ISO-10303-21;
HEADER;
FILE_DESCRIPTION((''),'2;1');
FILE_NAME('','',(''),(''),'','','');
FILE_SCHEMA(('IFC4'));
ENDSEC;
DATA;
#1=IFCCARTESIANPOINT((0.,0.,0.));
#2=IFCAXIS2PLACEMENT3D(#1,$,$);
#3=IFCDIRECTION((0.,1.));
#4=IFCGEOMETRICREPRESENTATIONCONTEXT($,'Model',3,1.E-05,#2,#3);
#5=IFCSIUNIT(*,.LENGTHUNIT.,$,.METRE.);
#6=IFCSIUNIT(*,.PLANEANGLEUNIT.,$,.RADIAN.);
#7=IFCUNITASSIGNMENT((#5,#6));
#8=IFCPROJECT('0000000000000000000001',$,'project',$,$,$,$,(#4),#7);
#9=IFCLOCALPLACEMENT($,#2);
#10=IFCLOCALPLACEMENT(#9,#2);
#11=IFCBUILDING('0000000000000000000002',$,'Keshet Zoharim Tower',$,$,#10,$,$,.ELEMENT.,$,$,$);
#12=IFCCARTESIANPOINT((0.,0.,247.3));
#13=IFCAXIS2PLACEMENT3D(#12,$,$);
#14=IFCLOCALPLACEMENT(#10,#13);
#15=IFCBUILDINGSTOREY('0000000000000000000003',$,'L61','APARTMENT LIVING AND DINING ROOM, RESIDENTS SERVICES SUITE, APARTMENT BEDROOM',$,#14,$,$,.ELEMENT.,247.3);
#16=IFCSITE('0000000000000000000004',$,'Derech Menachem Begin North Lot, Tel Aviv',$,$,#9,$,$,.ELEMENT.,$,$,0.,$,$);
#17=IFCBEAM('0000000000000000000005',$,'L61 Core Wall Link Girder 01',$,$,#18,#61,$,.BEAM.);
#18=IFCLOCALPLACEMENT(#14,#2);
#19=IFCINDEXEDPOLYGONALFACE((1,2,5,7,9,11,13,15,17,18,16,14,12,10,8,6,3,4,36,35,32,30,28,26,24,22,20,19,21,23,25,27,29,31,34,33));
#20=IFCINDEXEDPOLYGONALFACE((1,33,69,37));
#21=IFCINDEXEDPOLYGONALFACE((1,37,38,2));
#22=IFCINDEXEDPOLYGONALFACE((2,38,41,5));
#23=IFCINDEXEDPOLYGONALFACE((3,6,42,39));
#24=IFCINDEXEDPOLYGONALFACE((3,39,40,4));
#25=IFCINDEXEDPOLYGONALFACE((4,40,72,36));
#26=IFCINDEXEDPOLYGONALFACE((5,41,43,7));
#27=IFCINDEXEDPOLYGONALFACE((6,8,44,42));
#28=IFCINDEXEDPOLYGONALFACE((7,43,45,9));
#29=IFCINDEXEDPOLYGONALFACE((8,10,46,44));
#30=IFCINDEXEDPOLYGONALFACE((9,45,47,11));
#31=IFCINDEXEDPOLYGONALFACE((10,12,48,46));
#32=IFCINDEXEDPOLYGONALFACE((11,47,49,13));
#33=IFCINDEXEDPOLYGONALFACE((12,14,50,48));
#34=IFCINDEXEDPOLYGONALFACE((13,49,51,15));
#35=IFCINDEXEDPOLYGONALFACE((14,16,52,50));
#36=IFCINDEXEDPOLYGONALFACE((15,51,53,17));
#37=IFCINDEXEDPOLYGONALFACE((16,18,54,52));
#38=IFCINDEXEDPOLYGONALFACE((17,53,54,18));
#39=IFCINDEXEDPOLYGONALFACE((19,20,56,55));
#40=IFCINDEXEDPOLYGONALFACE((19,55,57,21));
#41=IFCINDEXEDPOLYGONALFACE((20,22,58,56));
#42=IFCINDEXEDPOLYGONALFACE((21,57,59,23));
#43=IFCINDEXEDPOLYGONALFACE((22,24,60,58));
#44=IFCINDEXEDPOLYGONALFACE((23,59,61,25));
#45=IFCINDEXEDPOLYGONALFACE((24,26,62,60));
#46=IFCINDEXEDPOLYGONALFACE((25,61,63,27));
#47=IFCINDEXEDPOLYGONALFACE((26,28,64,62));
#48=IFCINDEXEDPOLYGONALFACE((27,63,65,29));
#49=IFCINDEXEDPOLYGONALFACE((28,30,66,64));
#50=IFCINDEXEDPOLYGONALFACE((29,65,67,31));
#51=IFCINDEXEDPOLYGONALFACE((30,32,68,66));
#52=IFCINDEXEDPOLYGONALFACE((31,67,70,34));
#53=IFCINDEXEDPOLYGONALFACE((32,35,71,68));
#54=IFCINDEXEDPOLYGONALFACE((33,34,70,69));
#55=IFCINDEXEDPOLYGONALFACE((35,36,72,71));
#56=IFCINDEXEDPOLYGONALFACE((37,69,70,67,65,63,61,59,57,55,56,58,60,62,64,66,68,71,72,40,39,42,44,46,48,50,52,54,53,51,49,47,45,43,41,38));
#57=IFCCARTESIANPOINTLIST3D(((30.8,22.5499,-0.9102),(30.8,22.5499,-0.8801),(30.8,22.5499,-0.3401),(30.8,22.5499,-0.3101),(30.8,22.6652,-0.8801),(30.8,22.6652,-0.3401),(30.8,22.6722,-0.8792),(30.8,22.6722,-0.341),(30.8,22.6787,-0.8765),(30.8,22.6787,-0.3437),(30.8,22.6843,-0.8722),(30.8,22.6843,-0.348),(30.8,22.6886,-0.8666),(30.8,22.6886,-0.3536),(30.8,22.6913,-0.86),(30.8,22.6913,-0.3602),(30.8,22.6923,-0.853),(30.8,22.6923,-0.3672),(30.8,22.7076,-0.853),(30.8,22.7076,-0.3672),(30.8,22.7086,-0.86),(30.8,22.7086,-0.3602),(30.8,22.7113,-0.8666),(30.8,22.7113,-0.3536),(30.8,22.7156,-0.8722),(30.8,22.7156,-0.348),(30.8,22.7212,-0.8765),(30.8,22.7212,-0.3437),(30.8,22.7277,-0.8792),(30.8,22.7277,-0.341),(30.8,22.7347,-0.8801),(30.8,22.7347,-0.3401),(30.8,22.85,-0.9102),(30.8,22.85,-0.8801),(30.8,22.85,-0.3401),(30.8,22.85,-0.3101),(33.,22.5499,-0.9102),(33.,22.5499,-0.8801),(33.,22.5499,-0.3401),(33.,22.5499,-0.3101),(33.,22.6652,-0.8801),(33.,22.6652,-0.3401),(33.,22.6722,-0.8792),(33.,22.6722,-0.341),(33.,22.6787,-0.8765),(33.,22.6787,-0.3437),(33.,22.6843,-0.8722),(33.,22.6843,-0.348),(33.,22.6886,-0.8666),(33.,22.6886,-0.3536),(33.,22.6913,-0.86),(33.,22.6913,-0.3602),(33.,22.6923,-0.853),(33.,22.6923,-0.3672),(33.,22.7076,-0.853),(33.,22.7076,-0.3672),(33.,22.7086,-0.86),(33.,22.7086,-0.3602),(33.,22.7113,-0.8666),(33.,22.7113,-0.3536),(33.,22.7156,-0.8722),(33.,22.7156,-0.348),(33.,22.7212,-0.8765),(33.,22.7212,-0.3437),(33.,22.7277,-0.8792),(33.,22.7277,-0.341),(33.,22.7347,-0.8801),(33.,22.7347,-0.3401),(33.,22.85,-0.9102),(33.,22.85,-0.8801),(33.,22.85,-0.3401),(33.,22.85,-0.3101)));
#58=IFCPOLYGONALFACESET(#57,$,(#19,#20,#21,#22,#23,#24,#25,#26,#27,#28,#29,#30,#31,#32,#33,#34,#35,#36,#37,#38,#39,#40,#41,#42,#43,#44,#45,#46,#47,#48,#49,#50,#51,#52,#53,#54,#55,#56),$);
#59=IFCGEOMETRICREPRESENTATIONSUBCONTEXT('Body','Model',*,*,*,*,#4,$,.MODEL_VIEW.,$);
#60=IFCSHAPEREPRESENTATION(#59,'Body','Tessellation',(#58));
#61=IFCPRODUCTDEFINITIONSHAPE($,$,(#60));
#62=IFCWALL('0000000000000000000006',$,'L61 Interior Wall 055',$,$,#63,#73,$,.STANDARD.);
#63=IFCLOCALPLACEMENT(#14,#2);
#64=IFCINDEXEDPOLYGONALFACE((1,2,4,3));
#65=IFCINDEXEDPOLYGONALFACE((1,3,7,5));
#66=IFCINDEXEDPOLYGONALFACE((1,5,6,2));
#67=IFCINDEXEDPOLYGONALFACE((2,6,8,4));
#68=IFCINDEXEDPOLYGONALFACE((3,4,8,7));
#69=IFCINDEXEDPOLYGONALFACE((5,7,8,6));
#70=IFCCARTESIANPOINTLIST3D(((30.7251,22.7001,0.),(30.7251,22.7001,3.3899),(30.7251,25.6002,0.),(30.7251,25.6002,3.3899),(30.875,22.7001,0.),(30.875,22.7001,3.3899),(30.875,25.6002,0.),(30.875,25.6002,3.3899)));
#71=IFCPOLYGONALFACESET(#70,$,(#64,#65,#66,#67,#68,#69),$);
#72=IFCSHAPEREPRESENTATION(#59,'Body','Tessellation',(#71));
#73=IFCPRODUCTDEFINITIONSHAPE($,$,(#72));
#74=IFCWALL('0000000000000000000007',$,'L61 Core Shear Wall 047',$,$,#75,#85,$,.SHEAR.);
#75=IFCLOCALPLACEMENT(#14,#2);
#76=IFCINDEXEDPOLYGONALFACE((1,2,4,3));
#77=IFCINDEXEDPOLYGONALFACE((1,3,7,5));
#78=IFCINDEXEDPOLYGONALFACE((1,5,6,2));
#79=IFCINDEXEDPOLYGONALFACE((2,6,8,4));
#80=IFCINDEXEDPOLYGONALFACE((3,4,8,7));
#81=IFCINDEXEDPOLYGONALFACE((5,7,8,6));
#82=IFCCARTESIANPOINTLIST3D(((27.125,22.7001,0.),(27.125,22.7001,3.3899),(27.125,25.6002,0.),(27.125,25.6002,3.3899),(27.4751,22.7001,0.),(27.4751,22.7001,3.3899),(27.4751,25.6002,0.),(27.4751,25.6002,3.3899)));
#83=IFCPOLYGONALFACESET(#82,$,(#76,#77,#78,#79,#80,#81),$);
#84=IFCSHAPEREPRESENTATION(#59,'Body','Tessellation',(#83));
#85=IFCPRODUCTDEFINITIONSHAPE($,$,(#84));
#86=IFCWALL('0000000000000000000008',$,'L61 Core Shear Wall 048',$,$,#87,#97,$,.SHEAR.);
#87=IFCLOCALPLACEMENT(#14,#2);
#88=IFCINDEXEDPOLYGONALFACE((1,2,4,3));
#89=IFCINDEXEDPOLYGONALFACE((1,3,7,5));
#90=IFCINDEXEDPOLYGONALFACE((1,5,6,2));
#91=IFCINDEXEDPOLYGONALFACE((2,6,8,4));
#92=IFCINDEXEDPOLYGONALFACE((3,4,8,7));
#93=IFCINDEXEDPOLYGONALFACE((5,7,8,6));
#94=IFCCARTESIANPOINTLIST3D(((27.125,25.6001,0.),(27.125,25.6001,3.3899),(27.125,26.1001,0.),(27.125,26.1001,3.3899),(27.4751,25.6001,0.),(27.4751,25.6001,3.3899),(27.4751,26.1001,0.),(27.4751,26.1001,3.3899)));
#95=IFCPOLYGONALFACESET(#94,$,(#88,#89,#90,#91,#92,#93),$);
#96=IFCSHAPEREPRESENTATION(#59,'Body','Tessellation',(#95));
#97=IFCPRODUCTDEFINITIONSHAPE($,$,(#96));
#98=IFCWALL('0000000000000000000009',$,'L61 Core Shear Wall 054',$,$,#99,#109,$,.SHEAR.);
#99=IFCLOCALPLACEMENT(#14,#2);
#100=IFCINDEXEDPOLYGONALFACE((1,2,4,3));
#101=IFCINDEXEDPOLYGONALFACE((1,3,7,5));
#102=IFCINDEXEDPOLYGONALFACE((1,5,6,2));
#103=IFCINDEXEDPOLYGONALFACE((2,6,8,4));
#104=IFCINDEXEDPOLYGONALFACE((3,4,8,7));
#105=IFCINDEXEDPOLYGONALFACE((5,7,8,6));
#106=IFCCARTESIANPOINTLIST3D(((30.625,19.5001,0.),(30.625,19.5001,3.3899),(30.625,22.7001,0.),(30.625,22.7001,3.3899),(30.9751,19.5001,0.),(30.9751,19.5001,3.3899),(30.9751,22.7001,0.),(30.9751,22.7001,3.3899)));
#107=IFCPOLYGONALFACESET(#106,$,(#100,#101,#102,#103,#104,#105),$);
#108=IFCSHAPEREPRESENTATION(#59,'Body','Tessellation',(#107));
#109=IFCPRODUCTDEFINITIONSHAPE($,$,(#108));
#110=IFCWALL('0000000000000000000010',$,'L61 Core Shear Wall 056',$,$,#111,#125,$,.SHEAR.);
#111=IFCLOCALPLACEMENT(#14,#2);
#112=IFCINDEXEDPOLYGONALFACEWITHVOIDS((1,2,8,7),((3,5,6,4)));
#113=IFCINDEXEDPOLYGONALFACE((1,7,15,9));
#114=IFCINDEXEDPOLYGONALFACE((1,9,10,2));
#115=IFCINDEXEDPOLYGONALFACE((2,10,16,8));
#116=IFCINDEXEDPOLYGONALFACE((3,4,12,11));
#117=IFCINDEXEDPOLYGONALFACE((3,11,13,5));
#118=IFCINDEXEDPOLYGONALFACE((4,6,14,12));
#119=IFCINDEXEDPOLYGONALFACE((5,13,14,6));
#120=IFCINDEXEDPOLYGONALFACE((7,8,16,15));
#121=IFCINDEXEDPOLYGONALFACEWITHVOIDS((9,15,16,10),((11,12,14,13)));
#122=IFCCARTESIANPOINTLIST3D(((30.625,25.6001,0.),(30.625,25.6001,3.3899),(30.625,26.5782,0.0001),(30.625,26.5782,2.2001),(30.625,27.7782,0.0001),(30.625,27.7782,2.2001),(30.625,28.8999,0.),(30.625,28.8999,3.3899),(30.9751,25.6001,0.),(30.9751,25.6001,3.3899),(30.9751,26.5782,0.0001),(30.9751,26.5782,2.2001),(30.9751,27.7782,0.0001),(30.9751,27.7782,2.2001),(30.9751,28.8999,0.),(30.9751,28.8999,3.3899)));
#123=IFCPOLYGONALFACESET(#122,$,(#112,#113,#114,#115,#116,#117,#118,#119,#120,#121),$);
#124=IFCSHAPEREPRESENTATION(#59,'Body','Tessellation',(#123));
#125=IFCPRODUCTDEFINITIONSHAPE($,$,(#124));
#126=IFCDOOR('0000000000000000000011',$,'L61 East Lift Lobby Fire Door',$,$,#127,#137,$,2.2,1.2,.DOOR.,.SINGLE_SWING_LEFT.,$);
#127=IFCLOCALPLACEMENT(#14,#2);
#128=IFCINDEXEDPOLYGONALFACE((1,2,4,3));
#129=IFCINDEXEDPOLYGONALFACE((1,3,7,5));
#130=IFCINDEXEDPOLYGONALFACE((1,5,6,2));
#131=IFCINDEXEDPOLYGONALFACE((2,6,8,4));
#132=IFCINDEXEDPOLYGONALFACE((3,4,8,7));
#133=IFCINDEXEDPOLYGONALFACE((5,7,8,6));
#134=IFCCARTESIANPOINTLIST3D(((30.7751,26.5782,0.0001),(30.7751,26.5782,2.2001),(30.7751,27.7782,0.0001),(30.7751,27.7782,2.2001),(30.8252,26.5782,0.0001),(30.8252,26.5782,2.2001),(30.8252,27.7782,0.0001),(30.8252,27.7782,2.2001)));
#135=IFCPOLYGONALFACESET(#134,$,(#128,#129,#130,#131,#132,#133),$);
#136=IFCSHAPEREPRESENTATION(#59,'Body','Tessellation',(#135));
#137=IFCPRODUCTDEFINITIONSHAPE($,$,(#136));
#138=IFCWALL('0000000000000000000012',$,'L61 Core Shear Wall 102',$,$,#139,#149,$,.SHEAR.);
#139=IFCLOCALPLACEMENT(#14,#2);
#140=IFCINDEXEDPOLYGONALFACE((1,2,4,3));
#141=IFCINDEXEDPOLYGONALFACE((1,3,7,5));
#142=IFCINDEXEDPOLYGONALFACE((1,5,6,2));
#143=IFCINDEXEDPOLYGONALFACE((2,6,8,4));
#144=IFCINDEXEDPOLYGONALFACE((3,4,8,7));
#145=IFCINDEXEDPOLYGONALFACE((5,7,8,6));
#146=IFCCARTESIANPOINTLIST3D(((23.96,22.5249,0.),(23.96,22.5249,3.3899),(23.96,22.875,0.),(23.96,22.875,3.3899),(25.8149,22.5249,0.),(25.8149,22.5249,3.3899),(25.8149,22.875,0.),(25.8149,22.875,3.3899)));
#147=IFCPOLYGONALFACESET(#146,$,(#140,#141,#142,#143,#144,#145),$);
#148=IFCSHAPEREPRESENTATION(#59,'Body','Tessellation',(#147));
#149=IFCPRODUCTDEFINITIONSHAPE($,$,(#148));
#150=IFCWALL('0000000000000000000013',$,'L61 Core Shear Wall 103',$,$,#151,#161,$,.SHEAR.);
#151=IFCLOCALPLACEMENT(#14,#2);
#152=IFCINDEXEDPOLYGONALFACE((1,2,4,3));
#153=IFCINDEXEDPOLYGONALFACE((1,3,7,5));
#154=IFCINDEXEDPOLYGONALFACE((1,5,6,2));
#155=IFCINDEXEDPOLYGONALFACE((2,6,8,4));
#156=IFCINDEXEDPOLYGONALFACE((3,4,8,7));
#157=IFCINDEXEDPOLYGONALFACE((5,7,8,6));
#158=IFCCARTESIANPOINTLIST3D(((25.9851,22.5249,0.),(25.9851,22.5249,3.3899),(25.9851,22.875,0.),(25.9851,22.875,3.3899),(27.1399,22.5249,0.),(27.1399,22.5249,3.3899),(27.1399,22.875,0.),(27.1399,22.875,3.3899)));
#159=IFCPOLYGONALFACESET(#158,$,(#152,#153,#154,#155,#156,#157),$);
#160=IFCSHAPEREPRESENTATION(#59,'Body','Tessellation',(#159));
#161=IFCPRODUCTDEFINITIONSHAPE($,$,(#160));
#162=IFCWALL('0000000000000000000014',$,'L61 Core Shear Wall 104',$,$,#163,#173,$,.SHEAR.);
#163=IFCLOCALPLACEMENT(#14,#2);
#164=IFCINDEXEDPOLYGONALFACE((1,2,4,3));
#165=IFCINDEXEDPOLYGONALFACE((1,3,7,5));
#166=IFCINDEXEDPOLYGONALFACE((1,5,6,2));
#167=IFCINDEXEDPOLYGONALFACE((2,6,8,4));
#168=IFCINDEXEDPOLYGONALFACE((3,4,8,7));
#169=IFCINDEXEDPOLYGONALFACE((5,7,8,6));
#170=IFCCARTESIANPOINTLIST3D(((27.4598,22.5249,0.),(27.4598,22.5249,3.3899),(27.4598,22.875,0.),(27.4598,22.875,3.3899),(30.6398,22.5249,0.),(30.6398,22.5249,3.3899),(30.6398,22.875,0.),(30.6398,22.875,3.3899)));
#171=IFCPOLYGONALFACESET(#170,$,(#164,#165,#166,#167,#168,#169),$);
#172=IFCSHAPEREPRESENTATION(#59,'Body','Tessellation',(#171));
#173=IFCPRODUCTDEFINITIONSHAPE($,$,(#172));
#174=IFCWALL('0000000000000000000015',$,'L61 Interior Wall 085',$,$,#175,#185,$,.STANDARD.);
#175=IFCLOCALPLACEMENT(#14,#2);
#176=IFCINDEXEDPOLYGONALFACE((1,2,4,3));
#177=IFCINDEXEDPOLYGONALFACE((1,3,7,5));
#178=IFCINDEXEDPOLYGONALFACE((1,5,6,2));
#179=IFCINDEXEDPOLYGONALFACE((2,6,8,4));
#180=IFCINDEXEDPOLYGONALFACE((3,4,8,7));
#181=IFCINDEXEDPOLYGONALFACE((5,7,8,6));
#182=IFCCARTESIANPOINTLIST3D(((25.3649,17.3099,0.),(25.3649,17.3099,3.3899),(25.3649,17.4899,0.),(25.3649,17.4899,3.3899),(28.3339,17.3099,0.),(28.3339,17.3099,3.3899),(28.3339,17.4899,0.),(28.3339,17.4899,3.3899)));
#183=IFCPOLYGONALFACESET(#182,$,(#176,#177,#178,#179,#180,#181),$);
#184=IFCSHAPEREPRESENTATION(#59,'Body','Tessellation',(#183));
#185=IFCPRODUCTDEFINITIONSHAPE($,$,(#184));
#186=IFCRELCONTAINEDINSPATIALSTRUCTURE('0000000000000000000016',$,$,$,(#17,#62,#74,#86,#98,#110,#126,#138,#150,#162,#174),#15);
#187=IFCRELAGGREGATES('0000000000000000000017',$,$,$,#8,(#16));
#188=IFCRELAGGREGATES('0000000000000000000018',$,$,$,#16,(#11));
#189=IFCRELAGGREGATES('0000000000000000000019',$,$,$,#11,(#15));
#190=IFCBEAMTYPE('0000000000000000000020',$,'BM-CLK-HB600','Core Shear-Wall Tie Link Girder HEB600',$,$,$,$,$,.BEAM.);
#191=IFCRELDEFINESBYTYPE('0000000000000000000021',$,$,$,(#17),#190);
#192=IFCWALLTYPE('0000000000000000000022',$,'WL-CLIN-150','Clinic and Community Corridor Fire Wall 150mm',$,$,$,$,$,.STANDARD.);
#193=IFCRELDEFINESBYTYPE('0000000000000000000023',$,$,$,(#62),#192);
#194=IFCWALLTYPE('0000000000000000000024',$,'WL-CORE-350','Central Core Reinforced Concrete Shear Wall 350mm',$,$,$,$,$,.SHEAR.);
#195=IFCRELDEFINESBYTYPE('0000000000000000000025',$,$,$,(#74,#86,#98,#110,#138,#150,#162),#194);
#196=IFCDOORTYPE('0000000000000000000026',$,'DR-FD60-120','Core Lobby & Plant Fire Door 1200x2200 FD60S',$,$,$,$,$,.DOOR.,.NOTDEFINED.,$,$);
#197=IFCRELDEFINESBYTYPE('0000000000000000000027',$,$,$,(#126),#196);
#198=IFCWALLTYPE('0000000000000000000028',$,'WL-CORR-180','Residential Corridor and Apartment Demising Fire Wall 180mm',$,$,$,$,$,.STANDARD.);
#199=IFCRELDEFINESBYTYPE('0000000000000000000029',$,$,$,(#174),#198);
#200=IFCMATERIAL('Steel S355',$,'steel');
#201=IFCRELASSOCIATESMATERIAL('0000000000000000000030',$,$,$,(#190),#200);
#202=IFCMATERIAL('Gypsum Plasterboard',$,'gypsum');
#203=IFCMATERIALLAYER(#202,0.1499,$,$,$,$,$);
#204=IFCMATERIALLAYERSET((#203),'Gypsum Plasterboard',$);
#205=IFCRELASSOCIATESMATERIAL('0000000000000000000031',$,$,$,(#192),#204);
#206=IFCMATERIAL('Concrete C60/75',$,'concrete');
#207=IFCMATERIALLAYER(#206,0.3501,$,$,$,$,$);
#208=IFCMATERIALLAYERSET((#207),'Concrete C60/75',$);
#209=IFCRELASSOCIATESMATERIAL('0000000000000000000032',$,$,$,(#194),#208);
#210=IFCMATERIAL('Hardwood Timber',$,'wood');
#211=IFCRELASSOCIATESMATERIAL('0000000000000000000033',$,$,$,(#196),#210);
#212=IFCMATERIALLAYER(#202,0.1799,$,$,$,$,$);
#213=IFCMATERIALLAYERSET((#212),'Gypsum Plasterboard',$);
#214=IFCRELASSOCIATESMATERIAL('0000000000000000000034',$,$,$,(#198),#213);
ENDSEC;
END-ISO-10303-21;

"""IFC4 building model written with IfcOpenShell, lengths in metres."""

from ifc_helpers import new_model, si_unit, direction, frame, frame_2d, origin, origin_2d, place, context, subcontext, project, spatial, rectangle, i_section, extrude, material, layer, layer_set, material_profile, profile_set, type_object, element, fill, save


model = new_model("IFC4")

# Units and contexts
model_context = context("Model", 3, precision=1e-05, world=origin(), true_north=direction((0.0, 1.0)))
body_context = subcontext(model_context, "Body", "Model", "MODEL_VIEW")
ifc_project = project(units=[si_unit("LENGTHUNIT", "METRE"), si_unit("PLANEANGLEUNIT", "RADIAN")], contexts=[model_context])

# Site, building, storey
site_placement = place(None, origin())
site = spatial("IfcSite", under=ifc_project, at=site_placement, Name="Derech Menachem Begin North Lot, Tel Aviv", CompositionType="ELEMENT", RefElevation=0.0)
building_placement = place(site_placement, origin())
building = spatial("IfcBuilding", under=site, at=building_placement, Name="Keshet Zoharim Tower", CompositionType="ELEMENT")
storey_placement = place(building_placement, frame((0.0, 0.0, 247.3)))
storey = spatial("IfcBuildingStorey", under=building, at=storey_placement, Name="L61", Description="APARTMENT LIVING AND DINING ROOM, RESIDENTS SERVICES SUITE, APARTMENT BEDROOM", CompositionType="ELEMENT", Elevation=247.3)

# Beam
ifc_material_1 = material(Name="Steel S355", Category="steel")
ifc_material_profile = material_profile(ifc_material_1, i_section(OverallWidth=0.3, OverallDepth=0.6001, WebThickness=0.0154, FlangeThickness=0.03, FilletRadius=0.0271, at=origin_2d()), Name="HEB600")
ifc_profile_set = profile_set([ifc_material_profile], Name="Steel S355")
beam_type = type_object("IfcBeamType", Name="BM-CLK-HB600", Description="Core Shear-Wall Tie Link Girder HEB600", PredefinedType="BEAM", material=ifc_profile_set)
beam_placement = place(storey_placement, frame((30.8, 22.7, -0.6101), z_axis=(1.0, 0.0, 0.0), x_axis=(0.0, 1.0, 0.0)))
element("IfcBeam", 1, at=beam_placement, inside=storey, type_object=beam_type, Name="L61 Core Wall Link Girder 01", PredefinedType="BEAM", context=body_context, shape_type="SweptSolid", body=[
    extrude(i_section(OverallWidth=0.3, OverallDepth=0.6001, WebThickness=0.0154, FlangeThickness=0.03, FilletRadius=0.0271, at=origin_2d()), origin(), (0.0, 0.0, 1.0), 2.2),
])

# Wall
ifc_material_2 = material(Name="Gypsum Plasterboard", Category="gypsum")
ifc_layer_1 = layer(ifc_material_2, 0.1499)
ifc_layer_set_1 = layer_set([ifc_layer_1], Name="Gypsum Plasterboard")
wall_type_1 = type_object("IfcWallType", Name="WL-CLIN-150", Description="Clinic and Community Corridor Fire Wall 150mm", PredefinedType="STANDARD", material=ifc_layer_set_1)
wall_1_placement = place(storey_placement, frame((30.8, 22.7, 0.0), z_axis=(0.0, 0.0, 1.0), x_axis=(0.0, 1.0, 0.0)))
element("IfcWall", 2, at=wall_1_placement, inside=storey, type_object=wall_type_1, Name="L61 Interior Wall 055", PredefinedType="STANDARD", context=body_context, shape_type="SweptSolid", body=[
    extrude(rectangle(XDim=2.9001, YDim=0.1499, at=frame_2d((1.4502, 0.0))), origin(), (0.0, 0.0, 1.0), 3.3899),
])

# Shared definitions
ifc_material_3 = material(Name="Concrete C60/75", Category="concrete")
ifc_layer_2 = layer(ifc_material_3, 0.3501)
ifc_layer_set_2 = layer_set([ifc_layer_2], Name="Concrete C60/75")
wall_type_2 = type_object("IfcWallType", Name="WL-CORE-350", Description="Central Core Reinforced Concrete Shear Wall 350mm", PredefinedType="SHEAR", material=ifc_layer_set_2)
ifc_material_4 = material(Name="Hardwood Timber", Category="wood")

# Walls
wall_2_placement = place(storey_placement, frame((27.3, 22.7, 0.0), z_axis=(0.0, 0.0, 1.0), x_axis=(0.0, 1.0, 0.0)))
element("IfcWall", 3, at=wall_2_placement, inside=storey, type_object=wall_type_2, Name="L61 Core Shear Wall 047", PredefinedType="SHEAR", context=body_context, shape_type="SweptSolid", body=[
    extrude(rectangle(XDim=2.9001, YDim=0.3501, at=frame_2d((1.4502, 0.0))), origin(), (0.0, 0.0, 1.0), 3.3899),
])
wall_3_placement = place(storey_placement, frame((27.3, 25.6001, 0.0), z_axis=(0.0, 0.0, 1.0), x_axis=(0.0, 1.0, 0.0)))
element("IfcWall", 4, at=wall_3_placement, inside=storey, type_object=wall_type_2, Name="L61 Core Shear Wall 048", PredefinedType="SHEAR", context=body_context, shape_type="SweptSolid", body=[
    extrude(rectangle(XDim=0.5, YDim=0.3501, at=frame_2d((0.25, 0.0))), origin(), (0.0, 0.0, 1.0), 3.3899),
])
wall_4_placement = place(storey_placement, frame((30.8, 19.5, 0.0), z_axis=(0.0, 0.0, 1.0), x_axis=(0.0, 1.0, 0.0)))
element("IfcWall", 5, at=wall_4_placement, inside=storey, type_object=wall_type_2, Name="L61 Core Shear Wall 054", PredefinedType="SHEAR", context=body_context, shape_type="SweptSolid", body=[
    extrude(rectangle(XDim=3.2, YDim=0.3501, at=frame_2d((1.6001, 0.0))), origin(), (0.0, 0.0, 1.0), 3.3899),
])

# Wall, opening, door
wall_5_placement = place(storey_placement, frame((30.8, 25.6001, 0.0), z_axis=(0.0, 0.0, 1.0), x_axis=(0.0, 1.0, 0.0)))
wall_5 = element("IfcWall", 6, at=wall_5_placement, inside=storey, type_object=wall_type_2, Name="L61 Core Shear Wall 056", PredefinedType="SHEAR", context=body_context, shape_type="SweptSolid", body=[
    extrude(rectangle(XDim=3.2998, YDim=0.3501, at=frame_2d((1.6499, 0.0))), origin(), (0.0, 0.0, 1.0), 3.3899),
])
opening_1_placement = place(wall_5_placement, frame((0.978, 0.0, 0.0)))
opening_1 = element("IfcOpeningElement", 7, at=opening_1_placement, cuts=wall_5, PredefinedType="OPENING", context=body_context, shape_type="SweptSolid", body=[
    extrude(rectangle(XDim=1.2, YDim=2.2, at=frame_2d((0.6001, 1.1001))), frame((0.0, 0.1851, 0.0), z_axis=(0.0, -1.0, 0.0), x_axis=(1.0, 0.0, 0.0)), (0.0, 0.0, 1.0), 0.3701),
])
door_type_1 = type_object("IfcDoorType", Name="DR-FD60-120", Description="Core Lobby & Plant Fire Door 1200x2200 FD60S", OperationType="NOTDEFINED", PredefinedType="DOOR", material=ifc_material_4)
door_1_placement = place(opening_1_placement, origin())
door_1 = element("IfcDoor", 8, at=door_1_placement, inside=storey, type_object=door_type_1, Name="L61 East Lift Lobby Fire Door", OperationType="SINGLE_SWING_LEFT", OverallHeight=2.2, OverallWidth=1.2, PredefinedType="DOOR", context=body_context, shape_type="SweptSolid", body=[
    extrude(rectangle(XDim=1.2, YDim=2.2, at=frame_2d((0.6001, 1.1001))), frame((0.0, 0.0249, 0.0), z_axis=(0.0, -1.0, 0.0), x_axis=(1.0, 0.0, 0.0)), (0.0, 0.0, 1.0), 0.05),
])
fill(opening_1, door_1)

# Walls
wall_6_placement = place(storey_placement, frame((23.96, 22.7, 0.0), z_axis=(0.0, 0.0, 1.0), x_axis=(1.0, 0.0, 0.0)))
element("IfcWall", 9, at=wall_6_placement, inside=storey, type_object=wall_type_2, Name="L61 Core Shear Wall 102", PredefinedType="SHEAR", context=body_context, shape_type="SweptSolid", body=[
    extrude(rectangle(XDim=1.855, YDim=0.3501, at=frame_2d((0.9275, 0.0))), origin(), (0.0, 0.0, 1.0), 3.3899),
])
wall_7_placement = place(storey_placement, frame((25.9851, 22.7, 0.0), z_axis=(0.0, 0.0, 1.0), x_axis=(1.0, 0.0, 0.0)))
element("IfcWall", 10, at=wall_7_placement, inside=storey, type_object=wall_type_2, Name="L61 Core Shear Wall 103", PredefinedType="SHEAR", context=body_context, shape_type="SweptSolid", body=[
    extrude(rectangle(XDim=1.1548, YDim=0.3501, at=frame_2d((0.5774, 0.0))), origin(), (0.0, 0.0, 1.0), 3.3899),
])
wall_8_placement = place(storey_placement, frame((27.46, 22.7, 0.0), z_axis=(0.0, 0.0, 1.0), x_axis=(1.0, 0.0, 0.0)))
element("IfcWall", 11, at=wall_8_placement, inside=storey, type_object=wall_type_2, Name="L61 Core Shear Wall 104", PredefinedType="SHEAR", context=body_context, shape_type="SweptSolid", body=[
    extrude(rectangle(XDim=3.1799, YDim=0.3501, at=frame_2d((1.5898, 0.0))), origin(), (0.0, 0.0, 1.0), 3.3899),
])
ifc_layer_3 = layer(ifc_material_2, 0.1799)
ifc_layer_set_3 = layer_set([ifc_layer_3], Name="Gypsum Plasterboard")
wall_type_3 = type_object("IfcWallType", Name="WL-CORR-180", Description="Residential Corridor and Apartment Demising Fire Wall 180mm", PredefinedType="STANDARD", material=ifc_layer_set_3)
wall_9_placement = place(storey_placement, frame((25.365, 17.3999, 0.0), z_axis=(0.0, 0.0, 1.0), x_axis=(1.0, 0.0, 0.0)))
element("IfcWall", 12, at=wall_9_placement, inside=storey, type_object=wall_type_3, Name="L61 Interior Wall 085", PredefinedType="STANDARD", context=body_context, shape_type="SweptSolid", body=[
    extrude(rectangle(XDim=2.969, YDim=0.1799, at=frame_2d((1.4844, 0.0))), origin(), (0.0, 0.0, 1.0), 3.3899),
])

save(model, "model.ifc")
